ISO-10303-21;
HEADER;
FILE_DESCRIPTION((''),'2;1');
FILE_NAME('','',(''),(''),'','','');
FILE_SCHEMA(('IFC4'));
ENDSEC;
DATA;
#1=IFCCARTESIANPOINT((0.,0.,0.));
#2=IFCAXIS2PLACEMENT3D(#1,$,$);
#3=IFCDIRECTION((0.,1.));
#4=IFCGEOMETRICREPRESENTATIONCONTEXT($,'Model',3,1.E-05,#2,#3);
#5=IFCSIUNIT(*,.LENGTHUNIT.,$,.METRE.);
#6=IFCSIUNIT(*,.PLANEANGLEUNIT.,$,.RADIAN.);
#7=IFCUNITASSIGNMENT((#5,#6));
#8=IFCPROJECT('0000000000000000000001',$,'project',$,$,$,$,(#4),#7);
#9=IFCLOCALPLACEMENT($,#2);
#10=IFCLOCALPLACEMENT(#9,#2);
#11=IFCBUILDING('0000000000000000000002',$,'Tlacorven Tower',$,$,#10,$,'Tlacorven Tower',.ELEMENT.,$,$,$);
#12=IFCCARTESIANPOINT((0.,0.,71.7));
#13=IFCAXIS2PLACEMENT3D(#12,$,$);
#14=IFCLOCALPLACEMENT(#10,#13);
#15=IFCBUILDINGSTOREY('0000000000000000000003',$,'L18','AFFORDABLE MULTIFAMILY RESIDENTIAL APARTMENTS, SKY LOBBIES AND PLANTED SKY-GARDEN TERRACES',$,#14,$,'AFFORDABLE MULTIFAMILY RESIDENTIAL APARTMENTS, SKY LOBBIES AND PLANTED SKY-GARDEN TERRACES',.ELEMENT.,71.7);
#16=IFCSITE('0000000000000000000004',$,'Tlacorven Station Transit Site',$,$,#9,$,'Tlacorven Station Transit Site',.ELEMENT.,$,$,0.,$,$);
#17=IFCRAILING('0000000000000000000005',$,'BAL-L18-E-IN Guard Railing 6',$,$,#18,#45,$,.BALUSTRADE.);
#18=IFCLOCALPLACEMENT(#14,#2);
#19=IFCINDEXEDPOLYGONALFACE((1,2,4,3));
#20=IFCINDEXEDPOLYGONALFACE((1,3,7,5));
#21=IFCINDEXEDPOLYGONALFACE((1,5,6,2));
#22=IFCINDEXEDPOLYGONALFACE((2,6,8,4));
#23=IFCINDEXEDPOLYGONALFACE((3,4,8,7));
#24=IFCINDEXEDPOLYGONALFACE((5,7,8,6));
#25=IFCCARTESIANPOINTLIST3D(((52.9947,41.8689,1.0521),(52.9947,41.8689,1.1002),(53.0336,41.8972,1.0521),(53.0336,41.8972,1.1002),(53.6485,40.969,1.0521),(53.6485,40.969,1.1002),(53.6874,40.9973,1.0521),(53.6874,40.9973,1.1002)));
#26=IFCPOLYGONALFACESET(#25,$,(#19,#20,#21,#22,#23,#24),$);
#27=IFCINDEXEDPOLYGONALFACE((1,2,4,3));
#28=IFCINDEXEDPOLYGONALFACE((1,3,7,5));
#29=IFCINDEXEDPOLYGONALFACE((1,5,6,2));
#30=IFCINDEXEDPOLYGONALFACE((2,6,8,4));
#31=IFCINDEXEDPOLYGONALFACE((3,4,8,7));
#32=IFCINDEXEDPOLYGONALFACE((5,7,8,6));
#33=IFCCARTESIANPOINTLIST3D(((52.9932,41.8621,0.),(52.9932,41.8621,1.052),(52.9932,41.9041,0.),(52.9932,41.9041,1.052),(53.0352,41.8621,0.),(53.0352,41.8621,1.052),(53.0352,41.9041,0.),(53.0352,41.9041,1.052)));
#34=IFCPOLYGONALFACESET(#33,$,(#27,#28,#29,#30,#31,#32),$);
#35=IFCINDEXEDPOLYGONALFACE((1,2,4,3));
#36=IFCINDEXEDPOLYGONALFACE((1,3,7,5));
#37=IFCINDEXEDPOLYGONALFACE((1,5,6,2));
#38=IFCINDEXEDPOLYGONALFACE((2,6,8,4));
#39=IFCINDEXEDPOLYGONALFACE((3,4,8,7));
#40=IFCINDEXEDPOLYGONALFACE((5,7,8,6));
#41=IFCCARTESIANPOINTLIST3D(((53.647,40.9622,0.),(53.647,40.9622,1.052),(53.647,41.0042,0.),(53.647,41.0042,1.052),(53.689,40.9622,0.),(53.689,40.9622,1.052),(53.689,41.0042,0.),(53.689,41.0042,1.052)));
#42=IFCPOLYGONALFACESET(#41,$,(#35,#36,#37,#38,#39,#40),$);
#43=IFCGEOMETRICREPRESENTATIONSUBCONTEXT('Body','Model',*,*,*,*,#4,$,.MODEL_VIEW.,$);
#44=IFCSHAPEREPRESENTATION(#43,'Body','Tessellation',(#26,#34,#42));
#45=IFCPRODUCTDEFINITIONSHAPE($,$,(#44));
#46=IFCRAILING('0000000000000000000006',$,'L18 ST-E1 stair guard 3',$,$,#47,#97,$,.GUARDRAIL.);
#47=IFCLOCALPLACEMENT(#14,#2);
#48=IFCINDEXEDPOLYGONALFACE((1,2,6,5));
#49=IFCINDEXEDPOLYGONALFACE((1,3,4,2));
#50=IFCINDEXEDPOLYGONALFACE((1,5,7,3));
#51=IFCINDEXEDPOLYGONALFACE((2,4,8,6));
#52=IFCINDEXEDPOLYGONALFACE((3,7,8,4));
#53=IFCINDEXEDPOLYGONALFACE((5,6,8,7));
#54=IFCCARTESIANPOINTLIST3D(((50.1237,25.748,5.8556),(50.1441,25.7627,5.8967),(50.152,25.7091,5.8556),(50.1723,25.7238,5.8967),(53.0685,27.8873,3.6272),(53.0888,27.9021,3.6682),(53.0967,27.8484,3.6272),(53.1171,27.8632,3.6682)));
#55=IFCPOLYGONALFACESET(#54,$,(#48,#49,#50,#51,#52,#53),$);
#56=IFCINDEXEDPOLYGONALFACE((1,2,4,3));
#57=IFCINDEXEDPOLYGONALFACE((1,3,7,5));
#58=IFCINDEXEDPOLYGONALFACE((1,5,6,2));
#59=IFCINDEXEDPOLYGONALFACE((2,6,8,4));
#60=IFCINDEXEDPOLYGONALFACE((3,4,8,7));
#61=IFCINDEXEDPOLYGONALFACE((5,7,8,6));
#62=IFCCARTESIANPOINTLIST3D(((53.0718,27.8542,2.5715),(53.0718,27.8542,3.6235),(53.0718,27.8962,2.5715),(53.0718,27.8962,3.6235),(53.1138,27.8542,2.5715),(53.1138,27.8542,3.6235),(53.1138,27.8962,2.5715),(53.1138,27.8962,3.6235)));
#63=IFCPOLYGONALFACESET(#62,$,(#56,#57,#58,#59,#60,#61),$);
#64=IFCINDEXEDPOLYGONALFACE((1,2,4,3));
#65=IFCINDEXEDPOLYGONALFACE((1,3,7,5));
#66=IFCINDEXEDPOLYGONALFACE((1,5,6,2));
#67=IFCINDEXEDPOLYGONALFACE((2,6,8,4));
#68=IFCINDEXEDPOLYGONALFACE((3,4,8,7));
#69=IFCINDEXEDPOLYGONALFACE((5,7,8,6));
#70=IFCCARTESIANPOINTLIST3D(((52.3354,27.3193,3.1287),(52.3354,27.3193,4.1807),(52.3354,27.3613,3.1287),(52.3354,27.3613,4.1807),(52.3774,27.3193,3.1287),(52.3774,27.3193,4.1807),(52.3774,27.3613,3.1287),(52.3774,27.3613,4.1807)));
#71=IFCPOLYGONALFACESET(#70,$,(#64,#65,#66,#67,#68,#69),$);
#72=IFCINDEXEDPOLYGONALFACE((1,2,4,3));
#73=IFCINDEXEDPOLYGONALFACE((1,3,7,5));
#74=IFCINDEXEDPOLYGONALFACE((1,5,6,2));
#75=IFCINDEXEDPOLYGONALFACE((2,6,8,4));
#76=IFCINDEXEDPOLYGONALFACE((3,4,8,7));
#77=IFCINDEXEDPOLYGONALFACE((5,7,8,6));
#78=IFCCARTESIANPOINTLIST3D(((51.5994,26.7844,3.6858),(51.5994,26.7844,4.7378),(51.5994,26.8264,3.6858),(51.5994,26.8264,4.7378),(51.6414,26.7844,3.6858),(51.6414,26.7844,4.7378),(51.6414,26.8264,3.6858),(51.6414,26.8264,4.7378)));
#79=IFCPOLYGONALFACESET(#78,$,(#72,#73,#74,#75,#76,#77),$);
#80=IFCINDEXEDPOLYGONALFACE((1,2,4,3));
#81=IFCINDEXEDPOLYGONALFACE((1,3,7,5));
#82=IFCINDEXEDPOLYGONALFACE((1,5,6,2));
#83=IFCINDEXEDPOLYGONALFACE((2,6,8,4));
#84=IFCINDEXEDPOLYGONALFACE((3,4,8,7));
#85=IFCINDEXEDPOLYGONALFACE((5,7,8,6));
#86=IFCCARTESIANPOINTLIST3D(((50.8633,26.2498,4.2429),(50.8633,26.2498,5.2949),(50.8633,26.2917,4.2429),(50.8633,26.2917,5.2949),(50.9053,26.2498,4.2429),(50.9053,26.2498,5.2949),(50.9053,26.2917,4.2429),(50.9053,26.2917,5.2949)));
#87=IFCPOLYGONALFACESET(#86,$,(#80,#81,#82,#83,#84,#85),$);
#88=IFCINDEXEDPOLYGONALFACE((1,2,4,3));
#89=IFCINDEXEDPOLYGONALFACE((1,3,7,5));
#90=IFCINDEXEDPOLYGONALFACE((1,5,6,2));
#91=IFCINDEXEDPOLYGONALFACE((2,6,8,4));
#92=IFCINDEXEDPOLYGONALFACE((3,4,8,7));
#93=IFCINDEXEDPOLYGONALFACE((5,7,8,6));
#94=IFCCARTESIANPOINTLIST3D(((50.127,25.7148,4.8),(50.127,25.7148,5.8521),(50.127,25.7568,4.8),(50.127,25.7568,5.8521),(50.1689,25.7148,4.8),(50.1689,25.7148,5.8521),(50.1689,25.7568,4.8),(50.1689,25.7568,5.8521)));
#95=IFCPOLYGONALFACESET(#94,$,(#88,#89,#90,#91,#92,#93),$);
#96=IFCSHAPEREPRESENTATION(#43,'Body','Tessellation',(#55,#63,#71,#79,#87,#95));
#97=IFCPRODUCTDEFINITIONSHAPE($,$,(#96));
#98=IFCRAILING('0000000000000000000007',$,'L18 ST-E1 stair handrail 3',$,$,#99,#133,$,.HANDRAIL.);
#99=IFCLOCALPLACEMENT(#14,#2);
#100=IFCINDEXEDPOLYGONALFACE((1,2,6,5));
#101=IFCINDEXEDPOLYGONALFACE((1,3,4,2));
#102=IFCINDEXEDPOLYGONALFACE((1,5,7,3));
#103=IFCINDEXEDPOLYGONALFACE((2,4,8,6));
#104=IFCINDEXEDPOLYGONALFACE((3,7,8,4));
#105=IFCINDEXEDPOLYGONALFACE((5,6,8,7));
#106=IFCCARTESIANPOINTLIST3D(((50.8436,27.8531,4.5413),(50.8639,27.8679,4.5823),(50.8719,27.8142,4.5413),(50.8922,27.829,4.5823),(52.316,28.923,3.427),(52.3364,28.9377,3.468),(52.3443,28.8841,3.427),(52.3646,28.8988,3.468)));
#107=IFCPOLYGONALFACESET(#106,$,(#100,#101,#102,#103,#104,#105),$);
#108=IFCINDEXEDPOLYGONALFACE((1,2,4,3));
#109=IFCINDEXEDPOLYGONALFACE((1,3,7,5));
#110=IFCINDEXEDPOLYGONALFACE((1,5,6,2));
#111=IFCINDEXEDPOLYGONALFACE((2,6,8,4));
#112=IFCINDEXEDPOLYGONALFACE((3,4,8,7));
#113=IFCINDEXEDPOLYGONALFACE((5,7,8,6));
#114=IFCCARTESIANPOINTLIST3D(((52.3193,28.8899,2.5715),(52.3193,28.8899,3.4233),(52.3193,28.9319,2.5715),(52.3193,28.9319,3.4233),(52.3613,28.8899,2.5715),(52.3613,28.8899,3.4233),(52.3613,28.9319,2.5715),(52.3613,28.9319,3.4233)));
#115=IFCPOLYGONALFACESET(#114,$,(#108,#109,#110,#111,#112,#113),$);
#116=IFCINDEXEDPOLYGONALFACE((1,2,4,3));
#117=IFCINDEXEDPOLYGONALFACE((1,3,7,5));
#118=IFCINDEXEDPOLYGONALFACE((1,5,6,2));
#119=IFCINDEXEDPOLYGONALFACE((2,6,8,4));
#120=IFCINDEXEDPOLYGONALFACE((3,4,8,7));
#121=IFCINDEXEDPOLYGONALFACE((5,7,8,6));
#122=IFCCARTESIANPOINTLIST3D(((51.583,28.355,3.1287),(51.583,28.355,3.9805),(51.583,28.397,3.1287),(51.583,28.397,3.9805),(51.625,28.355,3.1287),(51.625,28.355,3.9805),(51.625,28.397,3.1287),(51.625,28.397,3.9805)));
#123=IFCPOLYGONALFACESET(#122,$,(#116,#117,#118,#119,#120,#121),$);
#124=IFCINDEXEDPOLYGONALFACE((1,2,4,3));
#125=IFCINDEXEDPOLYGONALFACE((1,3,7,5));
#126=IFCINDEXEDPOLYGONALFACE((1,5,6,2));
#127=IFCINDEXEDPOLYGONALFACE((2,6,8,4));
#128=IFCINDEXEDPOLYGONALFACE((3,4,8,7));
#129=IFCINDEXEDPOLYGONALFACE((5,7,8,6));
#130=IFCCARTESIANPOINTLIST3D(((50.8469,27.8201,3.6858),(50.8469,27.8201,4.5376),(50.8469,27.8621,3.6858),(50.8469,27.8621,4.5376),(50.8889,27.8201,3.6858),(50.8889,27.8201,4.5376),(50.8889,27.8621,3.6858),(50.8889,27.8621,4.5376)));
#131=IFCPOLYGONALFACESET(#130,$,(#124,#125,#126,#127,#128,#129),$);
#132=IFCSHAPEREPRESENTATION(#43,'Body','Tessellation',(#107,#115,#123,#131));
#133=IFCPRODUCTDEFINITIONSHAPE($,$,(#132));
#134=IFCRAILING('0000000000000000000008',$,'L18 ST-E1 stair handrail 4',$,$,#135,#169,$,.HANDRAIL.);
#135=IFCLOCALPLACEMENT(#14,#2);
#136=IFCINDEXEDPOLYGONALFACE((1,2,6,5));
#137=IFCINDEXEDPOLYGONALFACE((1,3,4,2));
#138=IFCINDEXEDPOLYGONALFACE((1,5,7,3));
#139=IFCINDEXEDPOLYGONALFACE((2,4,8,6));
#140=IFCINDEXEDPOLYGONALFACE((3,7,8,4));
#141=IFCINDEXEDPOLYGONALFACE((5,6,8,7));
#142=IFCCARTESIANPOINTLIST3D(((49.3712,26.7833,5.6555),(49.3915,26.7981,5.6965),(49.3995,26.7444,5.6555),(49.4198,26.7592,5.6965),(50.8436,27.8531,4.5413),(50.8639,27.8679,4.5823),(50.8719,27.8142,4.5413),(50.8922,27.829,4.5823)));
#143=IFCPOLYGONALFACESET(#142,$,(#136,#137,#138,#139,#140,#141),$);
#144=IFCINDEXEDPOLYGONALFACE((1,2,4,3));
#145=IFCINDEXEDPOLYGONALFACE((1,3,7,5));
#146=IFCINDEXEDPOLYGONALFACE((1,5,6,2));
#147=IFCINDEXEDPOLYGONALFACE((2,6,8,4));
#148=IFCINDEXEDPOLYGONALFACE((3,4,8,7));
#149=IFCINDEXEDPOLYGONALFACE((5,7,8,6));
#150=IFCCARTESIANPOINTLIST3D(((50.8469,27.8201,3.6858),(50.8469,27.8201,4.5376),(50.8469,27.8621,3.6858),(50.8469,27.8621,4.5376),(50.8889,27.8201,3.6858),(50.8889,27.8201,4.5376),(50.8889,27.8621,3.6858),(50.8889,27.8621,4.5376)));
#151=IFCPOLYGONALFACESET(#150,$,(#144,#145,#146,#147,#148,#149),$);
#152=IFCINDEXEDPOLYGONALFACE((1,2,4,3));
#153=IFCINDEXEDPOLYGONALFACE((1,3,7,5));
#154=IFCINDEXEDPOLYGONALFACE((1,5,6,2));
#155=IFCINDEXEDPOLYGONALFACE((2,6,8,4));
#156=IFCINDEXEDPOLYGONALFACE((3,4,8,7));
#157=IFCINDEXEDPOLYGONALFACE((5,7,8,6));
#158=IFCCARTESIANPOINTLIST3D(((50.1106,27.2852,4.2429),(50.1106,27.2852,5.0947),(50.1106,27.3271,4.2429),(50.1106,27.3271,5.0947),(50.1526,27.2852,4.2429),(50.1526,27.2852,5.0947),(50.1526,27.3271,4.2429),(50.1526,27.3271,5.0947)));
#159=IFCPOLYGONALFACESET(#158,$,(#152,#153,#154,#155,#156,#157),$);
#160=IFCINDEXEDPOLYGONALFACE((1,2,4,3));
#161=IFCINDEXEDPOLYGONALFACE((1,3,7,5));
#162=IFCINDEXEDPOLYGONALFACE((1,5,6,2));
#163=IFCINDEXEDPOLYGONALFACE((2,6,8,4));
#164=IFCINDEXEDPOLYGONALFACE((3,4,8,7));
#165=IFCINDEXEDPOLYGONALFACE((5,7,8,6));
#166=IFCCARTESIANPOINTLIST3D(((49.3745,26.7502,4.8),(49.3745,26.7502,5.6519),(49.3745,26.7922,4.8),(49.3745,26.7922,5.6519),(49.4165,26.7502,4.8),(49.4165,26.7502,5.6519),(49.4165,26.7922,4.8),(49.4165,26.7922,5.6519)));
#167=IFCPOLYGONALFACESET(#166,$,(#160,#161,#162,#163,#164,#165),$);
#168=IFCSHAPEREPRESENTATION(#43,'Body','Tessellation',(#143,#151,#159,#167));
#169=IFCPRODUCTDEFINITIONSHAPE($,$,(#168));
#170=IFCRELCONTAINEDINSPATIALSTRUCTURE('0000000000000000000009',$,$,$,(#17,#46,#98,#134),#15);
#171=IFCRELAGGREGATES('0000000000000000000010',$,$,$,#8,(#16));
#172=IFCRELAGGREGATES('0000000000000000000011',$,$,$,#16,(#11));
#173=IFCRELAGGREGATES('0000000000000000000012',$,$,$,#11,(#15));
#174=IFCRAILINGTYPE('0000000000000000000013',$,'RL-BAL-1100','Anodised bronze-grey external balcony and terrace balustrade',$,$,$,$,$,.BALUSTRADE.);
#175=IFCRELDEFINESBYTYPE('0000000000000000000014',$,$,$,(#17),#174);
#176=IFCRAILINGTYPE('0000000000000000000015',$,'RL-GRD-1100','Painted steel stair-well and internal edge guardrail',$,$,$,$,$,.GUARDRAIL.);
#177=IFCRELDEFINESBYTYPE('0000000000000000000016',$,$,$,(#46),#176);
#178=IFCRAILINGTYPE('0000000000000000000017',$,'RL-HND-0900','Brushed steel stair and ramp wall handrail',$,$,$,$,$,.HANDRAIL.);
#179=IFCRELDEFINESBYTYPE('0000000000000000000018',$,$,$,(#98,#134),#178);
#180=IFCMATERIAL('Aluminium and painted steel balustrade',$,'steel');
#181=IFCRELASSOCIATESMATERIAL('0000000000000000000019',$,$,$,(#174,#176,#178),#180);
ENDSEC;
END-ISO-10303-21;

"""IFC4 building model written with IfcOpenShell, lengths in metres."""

from ifc_helpers import new_model, si_unit, direction, frame, origin, origin_2d, place, context, subcontext, project, spatial, rectangle, extrude, source, transform, mapped, material, type_object, element, save


model = new_model("IFC4")

# Units and contexts
model_context = context("Model", 3, precision=1e-05, world=origin(), true_north=direction((0.0, 1.0)))
body_context = subcontext(model_context, "Body", "Model", "MODEL_VIEW")
ifc_project = project(units=[si_unit("LENGTHUNIT", "METRE"), si_unit("PLANEANGLEUNIT", "RADIAN")], contexts=[model_context])

# Site, building, storey
site_placement = place(None, origin())
site = spatial("IfcSite", under=ifc_project, at=site_placement, Name="Tlacorven Station Transit Site", LongName="Tlacorven Station Transit Site", CompositionType="ELEMENT", RefElevation=0.0)
building_placement = place(site_placement, origin())
building = spatial("IfcBuilding", under=site, at=building_placement, Name="Tlacorven Tower", LongName="Tlacorven Tower", CompositionType="ELEMENT")
storey_placement = place(building_placement, frame((0.0, 0.0, 71.7)))
storey = spatial("IfcBuildingStorey", under=building, at=storey_placement, Name="L18", Description="AFFORDABLE MULTIFAMILY RESIDENTIAL APARTMENTS, SKY LOBBIES AND PLANTED SKY-GARDEN TERRACES", LongName="AFFORDABLE MULTIFAMILY RESIDENTIAL APARTMENTS, SKY LOBBIES AND PLANTED SKY-GARDEN TERRACES", CompositionType="ELEMENT", Elevation=71.7)

# Shared definitions
ifc_material_1 = material(Name="Aluminium and painted steel balustrade", Category="steel")
railing_type_1 = type_object("IfcRailingType", Name="RL-BAL-1100", Description="Anodised bronze-grey external balcony and terrace balustrade", PredefinedType="BALUSTRADE", material=ifc_material_1)

# Railings
shared_shape_1 = source(origin(), body_context, "Body", "SweptSolid", [
    extrude(rectangle(XDim=0.0481, YDim=0.0481, at=origin_2d()), frame((0.0, 0.0, 1.0762), z_axis=(0.58778, -0.809021, 0.0), x_axis=(0.809021, 0.58778, 0.0)), (0.0, 0.0, 1.0), 1.1123),
    extrude(rectangle(XDim=0.042, YDim=0.042, at=origin_2d()), origin(), (0.0, 0.0, 1.0), 1.052),
    extrude(rectangle(XDim=0.042, YDim=0.042, at=origin_2d()), frame((0.6538, -0.8999, 0.0)), (0.0, 0.0, 1.0), 1.052),
])
railing_1_placement = place(storey_placement, frame((53.0142, 41.8831, 0.0)))
element("IfcRailing", 1, at=railing_1_placement, inside=storey, type_object=railing_type_1, Name="BAL-L18-E-IN Guard Railing 6", PredefinedType="BALUSTRADE", context=body_context, shape_type="MappedRepresentation", body=[
    mapped(shared_shape_1, transform((0.0, 0.0, 0.0), scale=1.0)),
])
railing_type_2 = type_object("IfcRailingType", Name="RL-GRD-1100", Description="Painted steel stair-well and internal edge guardrail", PredefinedType="GUARDRAIL", material=ifc_material_1)
shared_shape_2 = source(origin(), body_context, "Body", "SweptSolid", [
    extrude(rectangle(XDim=0.0481, YDim=0.0481, at=origin_2d()), frame((0.0, 0.0, 1.0762), z_axis=(-0.689987, -0.501273, 0.522152), x_axis=(0.587761, -0.809035, 0.0)), (0.0, 0.0, 1.0), 4.2678),
    extrude(rectangle(XDim=0.042, YDim=0.042, at=origin_2d()), origin(), (0.0, 0.0, 1.0), 1.052),
    extrude(rectangle(XDim=0.042, YDim=0.042, at=origin_2d()), frame((-0.7363, -0.5349, 0.5571)), (0.0, 0.0, 1.0), 1.052),
    extrude(rectangle(XDim=0.042, YDim=0.042, at=origin_2d()), frame((-1.4724, -1.0698, 1.1143)), (0.0, 0.0, 1.0), 1.052),
    extrude(rectangle(XDim=0.042, YDim=0.042, at=origin_2d()), frame((-2.2085, -1.6045, 1.6714)), (0.0, 0.0, 1.0), 1.052),
    extrude(rectangle(XDim=0.042, YDim=0.042, at=origin_2d()), frame((-2.9448, -2.1394, 2.2285)), (0.0, 0.0, 1.0), 1.052),
])
railing_2_placement = place(storey_placement, frame((53.0928, 27.8752, 2.5715)))
element("IfcRailing", 2, at=railing_2_placement, inside=storey, type_object=railing_type_2, Name="L18 ST-E1 stair guard 3", PredefinedType="GUARDRAIL", context=body_context, shape_type="MappedRepresentation", body=[
    mapped(shared_shape_2, transform((0.0, 0.0, 0.0), scale=1.0)),
])
railing_type_3 = type_object("IfcRailingType", Name="RL-HND-0900", Description="Brushed steel stair and ramp wall handrail", PredefinedType="HANDRAIL", material=ifc_material_1)
shared_shape_3 = source(origin(), body_context, "Body", "SweptSolid", [
    extrude(rectangle(XDim=0.0481, YDim=0.0481, at=origin_2d()), frame((0.0, 0.0, 0.876), z_axis=(-0.689967, -0.501316, 0.522137), x_axis=(0.587805, -0.809003, 0.0)), (0.0, 0.0, 1.0), 2.134),
    extrude(rectangle(XDim=0.042, YDim=0.042, at=origin_2d()), origin(), (0.0, 0.0, 1.0), 0.8518),
    extrude(rectangle(XDim=0.042, YDim=0.042, at=origin_2d()), frame((-0.7363, -0.5349, 0.5571)), (0.0, 0.0, 1.0), 0.8518),
    extrude(rectangle(XDim=0.042, YDim=0.042, at=origin_2d()), frame((-1.4724, -1.0698, 1.1143)), (0.0, 0.0, 1.0), 0.8518),
])
for number, where, name in (
    (3, (52.3403, 28.9109, 2.5715), "L18 ST-E1 stair handrail 3"),
    (4, (50.8679, 27.8411, 3.6858), "L18 ST-E1 stair handrail 4"),
):
    element("IfcRailing", number, at=place(storey_placement, frame(where)), inside=storey, type_object=railing_type_3, Name=name, PredefinedType="HANDRAIL", context=body_context, shape_type="MappedRepresentation", body=[
        mapped(shared_shape_3, transform((0.0, 0.0, 0.0), scale=1.0)),
    ])

save(model, "model.ifc")
